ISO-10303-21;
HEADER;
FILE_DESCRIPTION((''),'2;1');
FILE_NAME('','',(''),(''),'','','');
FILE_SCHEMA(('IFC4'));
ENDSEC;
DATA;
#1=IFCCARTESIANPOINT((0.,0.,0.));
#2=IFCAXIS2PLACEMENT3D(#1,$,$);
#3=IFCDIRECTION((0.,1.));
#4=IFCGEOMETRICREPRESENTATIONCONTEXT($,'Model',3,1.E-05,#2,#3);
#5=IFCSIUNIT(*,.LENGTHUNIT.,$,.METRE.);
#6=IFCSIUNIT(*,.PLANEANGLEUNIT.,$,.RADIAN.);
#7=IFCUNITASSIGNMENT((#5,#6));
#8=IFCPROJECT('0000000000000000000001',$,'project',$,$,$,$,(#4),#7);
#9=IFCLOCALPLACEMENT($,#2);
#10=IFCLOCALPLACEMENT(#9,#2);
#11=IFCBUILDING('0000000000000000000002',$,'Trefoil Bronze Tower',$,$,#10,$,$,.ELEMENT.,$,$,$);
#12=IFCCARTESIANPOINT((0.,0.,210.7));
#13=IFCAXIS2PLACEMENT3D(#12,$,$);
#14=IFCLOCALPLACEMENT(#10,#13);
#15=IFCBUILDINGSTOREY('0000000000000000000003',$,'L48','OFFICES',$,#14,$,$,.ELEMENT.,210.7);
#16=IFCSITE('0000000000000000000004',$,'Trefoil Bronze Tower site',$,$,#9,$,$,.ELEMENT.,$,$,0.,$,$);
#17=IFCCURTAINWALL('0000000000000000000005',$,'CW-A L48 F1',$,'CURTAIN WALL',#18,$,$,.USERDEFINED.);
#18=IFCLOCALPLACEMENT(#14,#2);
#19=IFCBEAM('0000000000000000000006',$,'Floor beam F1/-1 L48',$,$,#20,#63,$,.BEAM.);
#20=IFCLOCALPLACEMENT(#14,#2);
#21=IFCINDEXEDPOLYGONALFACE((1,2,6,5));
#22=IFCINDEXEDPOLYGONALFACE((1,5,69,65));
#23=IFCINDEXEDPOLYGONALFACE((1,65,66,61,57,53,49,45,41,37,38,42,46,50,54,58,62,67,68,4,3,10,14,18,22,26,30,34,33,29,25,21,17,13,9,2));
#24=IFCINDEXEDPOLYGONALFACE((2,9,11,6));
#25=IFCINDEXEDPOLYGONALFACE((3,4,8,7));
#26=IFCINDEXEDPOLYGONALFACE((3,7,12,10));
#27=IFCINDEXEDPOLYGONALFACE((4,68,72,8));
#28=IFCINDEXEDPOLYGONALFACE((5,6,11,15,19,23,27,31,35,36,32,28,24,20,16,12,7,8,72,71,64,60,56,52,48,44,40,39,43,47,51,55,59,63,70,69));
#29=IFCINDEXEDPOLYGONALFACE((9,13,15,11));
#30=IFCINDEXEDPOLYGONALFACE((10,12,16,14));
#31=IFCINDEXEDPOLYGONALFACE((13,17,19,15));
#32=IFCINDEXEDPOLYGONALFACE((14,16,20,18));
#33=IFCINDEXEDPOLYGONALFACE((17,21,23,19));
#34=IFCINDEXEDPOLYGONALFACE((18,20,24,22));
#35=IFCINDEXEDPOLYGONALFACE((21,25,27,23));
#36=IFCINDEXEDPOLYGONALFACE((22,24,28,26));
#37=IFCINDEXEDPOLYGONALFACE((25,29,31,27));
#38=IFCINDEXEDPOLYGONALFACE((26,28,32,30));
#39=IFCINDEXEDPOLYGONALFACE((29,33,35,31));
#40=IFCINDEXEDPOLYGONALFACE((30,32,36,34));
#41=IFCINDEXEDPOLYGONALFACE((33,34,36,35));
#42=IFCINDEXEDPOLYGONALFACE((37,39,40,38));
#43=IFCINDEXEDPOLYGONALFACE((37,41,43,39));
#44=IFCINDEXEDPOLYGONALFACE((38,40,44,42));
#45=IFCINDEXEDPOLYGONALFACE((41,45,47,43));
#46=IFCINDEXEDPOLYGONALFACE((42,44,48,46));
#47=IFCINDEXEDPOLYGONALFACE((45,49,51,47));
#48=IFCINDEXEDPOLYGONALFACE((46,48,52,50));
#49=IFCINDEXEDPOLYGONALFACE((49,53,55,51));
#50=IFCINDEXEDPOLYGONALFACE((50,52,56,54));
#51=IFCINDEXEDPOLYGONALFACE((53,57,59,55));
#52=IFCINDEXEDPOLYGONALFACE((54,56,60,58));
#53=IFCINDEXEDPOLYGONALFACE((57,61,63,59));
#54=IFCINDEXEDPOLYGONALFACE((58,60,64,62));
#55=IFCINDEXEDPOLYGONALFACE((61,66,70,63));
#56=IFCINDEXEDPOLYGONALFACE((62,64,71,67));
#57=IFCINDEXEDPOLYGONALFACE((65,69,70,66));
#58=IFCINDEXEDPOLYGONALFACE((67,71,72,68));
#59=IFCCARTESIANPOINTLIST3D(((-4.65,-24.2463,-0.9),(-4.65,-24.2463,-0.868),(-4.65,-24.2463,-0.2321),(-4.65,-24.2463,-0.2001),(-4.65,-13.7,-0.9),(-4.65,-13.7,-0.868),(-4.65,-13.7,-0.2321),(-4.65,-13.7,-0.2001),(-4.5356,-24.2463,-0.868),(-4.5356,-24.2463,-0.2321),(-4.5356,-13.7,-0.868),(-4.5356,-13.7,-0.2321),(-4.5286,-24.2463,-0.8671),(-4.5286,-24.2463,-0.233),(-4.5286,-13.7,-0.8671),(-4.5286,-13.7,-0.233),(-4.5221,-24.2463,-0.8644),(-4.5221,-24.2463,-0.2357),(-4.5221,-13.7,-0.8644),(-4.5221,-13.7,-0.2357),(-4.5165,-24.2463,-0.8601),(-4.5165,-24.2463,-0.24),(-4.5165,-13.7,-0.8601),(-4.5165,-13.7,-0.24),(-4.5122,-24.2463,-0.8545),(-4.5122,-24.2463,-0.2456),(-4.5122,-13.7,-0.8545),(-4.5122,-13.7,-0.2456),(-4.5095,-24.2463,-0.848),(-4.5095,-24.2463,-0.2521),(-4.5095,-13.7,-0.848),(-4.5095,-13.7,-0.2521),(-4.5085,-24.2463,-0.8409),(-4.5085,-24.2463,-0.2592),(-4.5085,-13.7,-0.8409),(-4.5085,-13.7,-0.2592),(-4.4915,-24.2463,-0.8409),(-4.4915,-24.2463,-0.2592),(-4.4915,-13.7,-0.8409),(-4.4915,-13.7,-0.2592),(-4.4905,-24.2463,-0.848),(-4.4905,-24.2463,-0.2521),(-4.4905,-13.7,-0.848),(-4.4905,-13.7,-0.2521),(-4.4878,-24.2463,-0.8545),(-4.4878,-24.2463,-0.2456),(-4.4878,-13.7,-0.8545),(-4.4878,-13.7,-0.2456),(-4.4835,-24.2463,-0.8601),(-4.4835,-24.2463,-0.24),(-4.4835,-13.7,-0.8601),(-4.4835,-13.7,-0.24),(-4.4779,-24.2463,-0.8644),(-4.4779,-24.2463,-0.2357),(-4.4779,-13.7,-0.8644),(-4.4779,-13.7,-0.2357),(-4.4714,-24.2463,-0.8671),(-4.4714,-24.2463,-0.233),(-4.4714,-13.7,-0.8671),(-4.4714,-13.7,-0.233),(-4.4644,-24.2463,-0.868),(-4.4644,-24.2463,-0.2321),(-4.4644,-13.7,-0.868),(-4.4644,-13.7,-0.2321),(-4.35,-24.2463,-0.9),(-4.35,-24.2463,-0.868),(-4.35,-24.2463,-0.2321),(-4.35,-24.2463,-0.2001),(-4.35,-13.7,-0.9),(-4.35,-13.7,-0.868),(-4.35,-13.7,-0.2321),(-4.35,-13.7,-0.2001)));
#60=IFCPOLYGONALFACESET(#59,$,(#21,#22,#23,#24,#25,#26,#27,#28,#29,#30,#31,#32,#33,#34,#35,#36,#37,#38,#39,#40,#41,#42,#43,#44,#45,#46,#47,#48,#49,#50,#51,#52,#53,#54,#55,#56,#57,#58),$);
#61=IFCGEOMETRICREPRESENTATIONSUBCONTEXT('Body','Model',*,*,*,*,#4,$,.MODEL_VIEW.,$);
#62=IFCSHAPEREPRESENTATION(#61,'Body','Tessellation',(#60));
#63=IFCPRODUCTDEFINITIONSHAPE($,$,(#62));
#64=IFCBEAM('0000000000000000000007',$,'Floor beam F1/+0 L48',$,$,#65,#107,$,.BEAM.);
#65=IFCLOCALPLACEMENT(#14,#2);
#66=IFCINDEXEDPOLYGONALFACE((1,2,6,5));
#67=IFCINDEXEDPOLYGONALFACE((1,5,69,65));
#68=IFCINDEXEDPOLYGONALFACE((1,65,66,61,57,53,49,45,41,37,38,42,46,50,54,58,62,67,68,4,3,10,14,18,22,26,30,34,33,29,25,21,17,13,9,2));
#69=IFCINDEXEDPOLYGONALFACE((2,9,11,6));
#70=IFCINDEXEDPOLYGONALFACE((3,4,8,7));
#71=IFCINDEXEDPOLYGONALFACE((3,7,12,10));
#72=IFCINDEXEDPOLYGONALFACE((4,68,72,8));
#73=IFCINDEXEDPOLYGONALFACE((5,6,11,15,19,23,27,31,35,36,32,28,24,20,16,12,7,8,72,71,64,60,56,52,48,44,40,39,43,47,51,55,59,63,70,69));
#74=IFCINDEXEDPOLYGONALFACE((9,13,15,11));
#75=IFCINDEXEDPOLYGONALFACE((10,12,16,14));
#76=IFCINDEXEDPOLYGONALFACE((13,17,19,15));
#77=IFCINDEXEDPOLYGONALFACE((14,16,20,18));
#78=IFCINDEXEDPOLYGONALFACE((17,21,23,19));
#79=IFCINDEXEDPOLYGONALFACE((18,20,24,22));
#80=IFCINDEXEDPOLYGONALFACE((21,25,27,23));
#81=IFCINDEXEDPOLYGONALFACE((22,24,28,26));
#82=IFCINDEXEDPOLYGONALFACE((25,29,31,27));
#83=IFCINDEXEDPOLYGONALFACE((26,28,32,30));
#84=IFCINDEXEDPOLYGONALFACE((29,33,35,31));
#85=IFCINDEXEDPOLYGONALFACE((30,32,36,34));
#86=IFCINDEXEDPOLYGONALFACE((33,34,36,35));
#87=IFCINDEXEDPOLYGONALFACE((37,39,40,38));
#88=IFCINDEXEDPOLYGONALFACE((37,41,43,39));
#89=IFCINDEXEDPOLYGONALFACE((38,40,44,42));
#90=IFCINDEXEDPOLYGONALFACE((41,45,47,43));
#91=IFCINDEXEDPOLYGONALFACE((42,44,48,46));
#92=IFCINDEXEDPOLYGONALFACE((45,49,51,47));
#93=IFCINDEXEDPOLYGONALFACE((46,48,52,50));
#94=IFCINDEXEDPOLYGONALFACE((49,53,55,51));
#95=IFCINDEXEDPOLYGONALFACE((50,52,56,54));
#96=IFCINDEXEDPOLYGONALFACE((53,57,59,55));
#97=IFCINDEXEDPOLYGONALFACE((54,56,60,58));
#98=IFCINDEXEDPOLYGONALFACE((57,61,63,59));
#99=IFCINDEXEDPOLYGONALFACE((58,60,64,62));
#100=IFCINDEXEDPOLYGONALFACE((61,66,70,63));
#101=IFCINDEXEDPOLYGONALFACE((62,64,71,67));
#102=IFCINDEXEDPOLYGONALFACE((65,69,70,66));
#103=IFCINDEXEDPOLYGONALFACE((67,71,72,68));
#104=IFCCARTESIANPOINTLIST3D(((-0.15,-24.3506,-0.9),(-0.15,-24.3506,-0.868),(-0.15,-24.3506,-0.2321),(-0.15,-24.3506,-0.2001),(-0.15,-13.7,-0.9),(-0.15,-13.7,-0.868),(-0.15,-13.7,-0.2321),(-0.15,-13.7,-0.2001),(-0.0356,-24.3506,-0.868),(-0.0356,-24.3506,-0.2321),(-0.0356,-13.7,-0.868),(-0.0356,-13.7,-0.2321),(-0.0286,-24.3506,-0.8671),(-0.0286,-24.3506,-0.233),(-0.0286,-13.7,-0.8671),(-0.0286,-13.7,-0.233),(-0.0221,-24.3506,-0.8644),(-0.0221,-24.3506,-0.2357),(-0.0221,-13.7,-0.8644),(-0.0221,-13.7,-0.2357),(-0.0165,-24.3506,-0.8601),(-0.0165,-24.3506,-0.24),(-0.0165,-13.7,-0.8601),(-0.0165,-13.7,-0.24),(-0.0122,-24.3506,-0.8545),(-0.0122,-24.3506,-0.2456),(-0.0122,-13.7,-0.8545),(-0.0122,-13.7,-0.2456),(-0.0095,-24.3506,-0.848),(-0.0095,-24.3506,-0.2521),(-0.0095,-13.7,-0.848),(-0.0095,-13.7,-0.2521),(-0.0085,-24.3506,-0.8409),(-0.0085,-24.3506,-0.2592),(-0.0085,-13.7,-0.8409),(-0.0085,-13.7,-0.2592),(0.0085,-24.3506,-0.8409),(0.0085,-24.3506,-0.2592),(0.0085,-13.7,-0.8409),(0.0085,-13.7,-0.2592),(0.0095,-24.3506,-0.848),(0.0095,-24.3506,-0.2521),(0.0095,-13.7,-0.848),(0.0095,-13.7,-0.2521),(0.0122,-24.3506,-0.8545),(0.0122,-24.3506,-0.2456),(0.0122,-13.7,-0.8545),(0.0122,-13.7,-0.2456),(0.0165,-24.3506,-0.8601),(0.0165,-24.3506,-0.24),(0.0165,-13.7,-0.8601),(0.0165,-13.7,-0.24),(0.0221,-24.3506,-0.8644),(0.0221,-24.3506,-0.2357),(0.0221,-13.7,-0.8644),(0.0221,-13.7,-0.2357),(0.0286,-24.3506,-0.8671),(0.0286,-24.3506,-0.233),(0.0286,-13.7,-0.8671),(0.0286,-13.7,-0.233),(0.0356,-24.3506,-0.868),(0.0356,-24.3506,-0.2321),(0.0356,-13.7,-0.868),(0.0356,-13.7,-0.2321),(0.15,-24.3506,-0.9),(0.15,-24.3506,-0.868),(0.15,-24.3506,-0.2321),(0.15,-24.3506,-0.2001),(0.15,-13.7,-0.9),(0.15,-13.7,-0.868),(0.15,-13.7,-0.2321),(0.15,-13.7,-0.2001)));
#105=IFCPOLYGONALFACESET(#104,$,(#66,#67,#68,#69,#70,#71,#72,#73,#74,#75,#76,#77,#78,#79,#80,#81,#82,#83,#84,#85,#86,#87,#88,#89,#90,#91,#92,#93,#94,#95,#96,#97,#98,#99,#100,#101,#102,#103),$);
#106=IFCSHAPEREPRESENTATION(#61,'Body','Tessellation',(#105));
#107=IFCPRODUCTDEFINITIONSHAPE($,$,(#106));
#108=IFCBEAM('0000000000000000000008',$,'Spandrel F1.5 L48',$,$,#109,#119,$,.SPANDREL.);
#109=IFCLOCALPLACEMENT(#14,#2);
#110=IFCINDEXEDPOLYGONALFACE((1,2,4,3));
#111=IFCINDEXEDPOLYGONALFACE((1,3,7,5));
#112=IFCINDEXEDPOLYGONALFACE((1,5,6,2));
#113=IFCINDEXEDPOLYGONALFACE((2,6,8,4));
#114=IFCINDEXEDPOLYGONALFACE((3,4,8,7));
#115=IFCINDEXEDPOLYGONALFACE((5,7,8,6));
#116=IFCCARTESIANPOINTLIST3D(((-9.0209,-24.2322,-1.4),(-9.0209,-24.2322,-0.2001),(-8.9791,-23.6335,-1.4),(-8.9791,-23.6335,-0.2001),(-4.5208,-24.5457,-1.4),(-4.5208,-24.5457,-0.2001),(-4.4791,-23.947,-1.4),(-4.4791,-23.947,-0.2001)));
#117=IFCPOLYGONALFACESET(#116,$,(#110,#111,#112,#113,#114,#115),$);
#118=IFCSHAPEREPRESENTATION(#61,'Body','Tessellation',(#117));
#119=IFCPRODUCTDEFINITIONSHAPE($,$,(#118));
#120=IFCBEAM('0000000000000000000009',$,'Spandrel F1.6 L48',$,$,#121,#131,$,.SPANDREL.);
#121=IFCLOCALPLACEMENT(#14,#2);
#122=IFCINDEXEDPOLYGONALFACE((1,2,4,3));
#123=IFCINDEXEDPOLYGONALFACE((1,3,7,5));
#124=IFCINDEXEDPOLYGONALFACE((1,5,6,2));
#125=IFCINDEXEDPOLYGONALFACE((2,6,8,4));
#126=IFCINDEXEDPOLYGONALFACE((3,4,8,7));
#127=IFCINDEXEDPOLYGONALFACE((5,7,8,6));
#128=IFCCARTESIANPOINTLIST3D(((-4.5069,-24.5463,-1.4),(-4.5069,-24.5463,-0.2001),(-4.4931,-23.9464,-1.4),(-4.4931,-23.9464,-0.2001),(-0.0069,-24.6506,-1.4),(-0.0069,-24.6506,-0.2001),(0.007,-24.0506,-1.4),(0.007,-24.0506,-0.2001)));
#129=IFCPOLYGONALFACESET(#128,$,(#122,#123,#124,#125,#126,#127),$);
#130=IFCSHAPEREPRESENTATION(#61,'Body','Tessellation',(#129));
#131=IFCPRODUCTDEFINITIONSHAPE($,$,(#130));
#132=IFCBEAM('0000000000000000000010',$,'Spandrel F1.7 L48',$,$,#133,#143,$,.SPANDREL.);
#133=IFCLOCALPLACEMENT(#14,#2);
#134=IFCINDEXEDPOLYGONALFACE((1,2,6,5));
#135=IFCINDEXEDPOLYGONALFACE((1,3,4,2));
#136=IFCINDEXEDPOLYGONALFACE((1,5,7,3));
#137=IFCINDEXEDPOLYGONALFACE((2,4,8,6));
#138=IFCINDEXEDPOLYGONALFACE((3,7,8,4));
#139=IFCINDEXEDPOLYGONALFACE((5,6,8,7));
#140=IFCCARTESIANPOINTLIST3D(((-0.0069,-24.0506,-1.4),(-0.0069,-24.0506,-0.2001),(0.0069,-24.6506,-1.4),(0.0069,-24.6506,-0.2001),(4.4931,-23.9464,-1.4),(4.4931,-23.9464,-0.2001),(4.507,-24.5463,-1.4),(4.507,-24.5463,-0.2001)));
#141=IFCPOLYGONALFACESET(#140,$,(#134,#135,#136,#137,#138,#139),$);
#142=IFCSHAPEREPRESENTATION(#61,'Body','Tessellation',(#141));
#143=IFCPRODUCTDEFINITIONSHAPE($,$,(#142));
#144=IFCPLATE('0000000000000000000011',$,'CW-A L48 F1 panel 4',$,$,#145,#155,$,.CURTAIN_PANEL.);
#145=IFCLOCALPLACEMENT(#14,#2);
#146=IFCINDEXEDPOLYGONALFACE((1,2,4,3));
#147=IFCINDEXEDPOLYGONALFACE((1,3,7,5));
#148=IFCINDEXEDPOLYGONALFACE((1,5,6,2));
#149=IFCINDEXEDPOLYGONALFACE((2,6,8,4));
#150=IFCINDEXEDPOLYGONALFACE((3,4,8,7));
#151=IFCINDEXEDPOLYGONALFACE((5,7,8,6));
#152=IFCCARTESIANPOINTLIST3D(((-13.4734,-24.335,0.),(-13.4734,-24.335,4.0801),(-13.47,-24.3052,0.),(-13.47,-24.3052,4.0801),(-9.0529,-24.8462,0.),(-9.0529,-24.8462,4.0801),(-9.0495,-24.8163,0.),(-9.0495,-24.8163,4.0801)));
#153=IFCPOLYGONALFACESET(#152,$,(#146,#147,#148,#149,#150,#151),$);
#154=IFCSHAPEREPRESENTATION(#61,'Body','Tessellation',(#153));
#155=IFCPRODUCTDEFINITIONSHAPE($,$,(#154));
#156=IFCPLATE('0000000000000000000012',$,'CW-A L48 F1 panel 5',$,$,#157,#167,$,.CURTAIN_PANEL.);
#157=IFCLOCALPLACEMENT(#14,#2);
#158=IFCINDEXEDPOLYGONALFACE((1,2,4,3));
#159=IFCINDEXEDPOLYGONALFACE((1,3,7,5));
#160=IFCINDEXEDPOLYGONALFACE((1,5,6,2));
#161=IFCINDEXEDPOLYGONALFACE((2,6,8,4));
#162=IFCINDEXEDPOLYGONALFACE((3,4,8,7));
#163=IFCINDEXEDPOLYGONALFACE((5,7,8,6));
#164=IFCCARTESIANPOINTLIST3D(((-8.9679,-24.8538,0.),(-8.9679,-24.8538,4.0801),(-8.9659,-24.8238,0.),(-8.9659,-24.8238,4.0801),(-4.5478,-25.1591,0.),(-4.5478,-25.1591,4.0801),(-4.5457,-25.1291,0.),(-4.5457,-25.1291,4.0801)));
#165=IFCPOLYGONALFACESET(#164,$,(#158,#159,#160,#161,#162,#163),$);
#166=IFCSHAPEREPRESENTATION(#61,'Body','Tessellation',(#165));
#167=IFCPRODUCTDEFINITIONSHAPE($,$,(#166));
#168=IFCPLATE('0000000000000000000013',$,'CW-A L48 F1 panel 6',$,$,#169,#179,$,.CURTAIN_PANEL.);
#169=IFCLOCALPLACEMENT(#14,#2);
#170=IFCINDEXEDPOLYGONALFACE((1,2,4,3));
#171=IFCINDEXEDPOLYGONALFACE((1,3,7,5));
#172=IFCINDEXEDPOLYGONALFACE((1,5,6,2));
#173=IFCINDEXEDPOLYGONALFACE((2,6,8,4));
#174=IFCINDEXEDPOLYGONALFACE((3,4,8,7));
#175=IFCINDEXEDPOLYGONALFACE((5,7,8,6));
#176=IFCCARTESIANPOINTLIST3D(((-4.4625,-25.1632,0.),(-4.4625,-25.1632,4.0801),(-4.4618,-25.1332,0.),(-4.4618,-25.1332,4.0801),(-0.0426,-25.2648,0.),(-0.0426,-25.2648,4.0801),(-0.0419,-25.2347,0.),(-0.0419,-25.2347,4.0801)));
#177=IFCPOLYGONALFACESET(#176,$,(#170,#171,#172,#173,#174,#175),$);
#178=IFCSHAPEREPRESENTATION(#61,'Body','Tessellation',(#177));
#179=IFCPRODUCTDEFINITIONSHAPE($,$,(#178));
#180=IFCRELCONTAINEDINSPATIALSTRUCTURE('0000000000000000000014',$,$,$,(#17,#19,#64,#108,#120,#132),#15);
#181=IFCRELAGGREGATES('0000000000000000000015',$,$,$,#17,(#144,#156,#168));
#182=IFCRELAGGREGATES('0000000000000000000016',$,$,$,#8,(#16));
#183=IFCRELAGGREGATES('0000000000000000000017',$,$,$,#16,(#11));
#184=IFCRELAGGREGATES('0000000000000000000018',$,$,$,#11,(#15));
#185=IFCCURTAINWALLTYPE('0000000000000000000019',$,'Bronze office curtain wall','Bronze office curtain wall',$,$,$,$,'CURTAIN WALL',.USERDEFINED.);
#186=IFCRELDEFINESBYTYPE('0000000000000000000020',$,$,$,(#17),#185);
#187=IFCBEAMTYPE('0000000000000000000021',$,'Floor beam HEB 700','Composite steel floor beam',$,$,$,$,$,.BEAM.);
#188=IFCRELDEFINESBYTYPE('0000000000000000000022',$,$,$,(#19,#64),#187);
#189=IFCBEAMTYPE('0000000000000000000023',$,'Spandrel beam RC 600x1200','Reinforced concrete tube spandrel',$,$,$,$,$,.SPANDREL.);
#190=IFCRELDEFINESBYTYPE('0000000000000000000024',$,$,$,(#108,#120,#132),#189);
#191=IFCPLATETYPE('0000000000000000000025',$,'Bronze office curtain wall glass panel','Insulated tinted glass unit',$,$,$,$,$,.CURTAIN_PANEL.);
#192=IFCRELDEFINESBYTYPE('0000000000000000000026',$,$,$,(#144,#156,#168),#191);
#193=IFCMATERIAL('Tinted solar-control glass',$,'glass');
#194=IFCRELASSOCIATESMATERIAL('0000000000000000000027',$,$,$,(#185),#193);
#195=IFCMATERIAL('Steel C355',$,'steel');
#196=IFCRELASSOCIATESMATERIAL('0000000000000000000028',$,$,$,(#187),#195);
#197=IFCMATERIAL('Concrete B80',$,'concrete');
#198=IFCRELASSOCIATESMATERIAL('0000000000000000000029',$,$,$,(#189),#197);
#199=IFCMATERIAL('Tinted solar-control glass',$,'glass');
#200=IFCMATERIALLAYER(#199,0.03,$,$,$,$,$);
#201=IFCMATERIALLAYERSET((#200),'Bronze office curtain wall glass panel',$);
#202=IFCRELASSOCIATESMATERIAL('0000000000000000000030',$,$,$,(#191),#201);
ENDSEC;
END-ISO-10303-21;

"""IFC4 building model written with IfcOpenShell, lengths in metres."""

from ifc_helpers import new_model, si_unit, direction, frame, origin, origin_2d, place, context, subcontext, project, spatial, rectangle, i_section, extrude, material, layer, layer_set, material_profile, profile_set, type_object, element, aggregate, save


model = new_model("IFC4")

# Units and contexts
model_context = context("Model", 3, precision=1e-05, world=origin(), true_north=direction((0.0, 1.0)))
body_context = subcontext(model_context, "Body", "Model", "MODEL_VIEW")
ifc_project = project(units=[si_unit("LENGTHUNIT", "METRE"), si_unit("PLANEANGLEUNIT", "RADIAN")], contexts=[model_context])

# Site, building, storey
site_placement = place(None, origin())
site = spatial("IfcSite", under=ifc_project, at=site_placement, Name="Trefoil Bronze Tower site", CompositionType="ELEMENT", RefElevation=0.0)
building_placement = place(site_placement, origin())
building = spatial("IfcBuilding", under=site, at=building_placement, Name="Trefoil Bronze Tower", CompositionType="ELEMENT")
storey_placement = place(building_placement, frame((0.0, 0.0, 210.7)))
storey = spatial("IfcBuildingStorey", under=building, at=storey_placement, Name="L48", Description="OFFICES", CompositionType="ELEMENT", Elevation=210.7)

# Curtain wall
ifc_material_1 = material(Name="Tinted solar-control glass", Category="glass")
curtain_wall_type = type_object("IfcCurtainWallType", Name="Bronze office curtain wall", Description="Bronze office curtain wall", ElementType="CURTAIN WALL", PredefinedType="USERDEFINED", material=ifc_material_1)
curtain_wall_placement = place(storey_placement, origin())
curtain_wall = element("IfcCurtainWall", 1, at=curtain_wall_placement, inside=storey, type_object=curtain_wall_type, Name="CW-A L48 F1", ObjectType="CURTAIN WALL", PredefinedType="USERDEFINED")

# Beams
ifc_material_2 = material(Name="Steel C355", Category="steel")
ifc_material_profile_1 = material_profile(ifc_material_2, i_section(OverallWidth=0.3, OverallDepth=0.7, WebThickness=0.0171, FlangeThickness=0.032, FilletRadius=0.0271, at=origin_2d()), Name="HEB 700")
ifc_profile_set_1 = profile_set([ifc_material_profile_1], Name="Steel C355")
beam_type_1 = type_object("IfcBeamType", Name="Floor beam HEB 700", Description="Composite steel floor beam", PredefinedType="BEAM", material=ifc_profile_set_1)
beam_1_placement = place(storey_placement, frame((-4.5, -24.2463, -0.55), z_axis=(0.0, 1.0, 0.0), x_axis=(-1.0, 0.0, 0.0)))
element("IfcBeam", 2, at=beam_1_placement, inside=storey, type_object=beam_type_1, Name="Floor beam F1/-1 L48", PredefinedType="BEAM", context=body_context, shape_type="SweptSolid", body=[
    extrude(i_section(OverallWidth=0.3, OverallDepth=0.7, WebThickness=0.0171, FlangeThickness=0.032, FilletRadius=0.0271, at=origin_2d()), origin(), (0.0, 0.0, 1.0), 10.5464),
])
beam_2_placement = place(storey_placement, frame((0.0, -24.3506, -0.55), z_axis=(0.0, 1.0, 0.0), x_axis=(-1.0, 0.0, 0.0)))
element("IfcBeam", 3, at=beam_2_placement, inside=storey, type_object=beam_type_1, Name="Floor beam F1/+0 L48", PredefinedType="BEAM", context=body_context, shape_type="SweptSolid", body=[
    extrude(i_section(OverallWidth=0.3, OverallDepth=0.7, WebThickness=0.0171, FlangeThickness=0.032, FilletRadius=0.0271, at=origin_2d()), origin(), (0.0, 0.0, 1.0), 10.6506),
])
ifc_material_3 = material(Name="Concrete B80", Category="concrete")
ifc_material_profile_2 = material_profile(ifc_material_3, rectangle(XDim=0.6001, YDim=1.2, at=origin_2d()), Name="RC 600x1200")
ifc_profile_set_2 = profile_set([ifc_material_profile_2], Name="Concrete B80")
beam_type_2 = type_object("IfcBeamType", Name="Spandrel beam RC 600x1200", Description="Reinforced concrete tube spandrel", PredefinedType="SPANDREL", material=ifc_profile_set_2)
beam_3_placement = place(storey_placement, frame((-9.0, -23.9329, -0.8), z_axis=(0.997582, -0.069493, 0.0), x_axis=(0.069493, 0.997582, 0.0)))
element("IfcBeam", 4, at=beam_3_placement, inside=storey, type_object=beam_type_2, Name="Spandrel F1.5 L48", PredefinedType="SPANDREL", context=body_context, shape_type="SweptSolid", body=[
    extrude(rectangle(XDim=0.6001, YDim=1.2, at=origin_2d()), origin(), (0.0, 0.0, 1.0), 4.511),
])
for number, where, z_axis, x_axis, name in (
    (5, (-4.5, -24.2463, -0.8), (0.999732, -0.02316, 0.0), (0.02316, 0.999732, 0.0), "Spandrel F1.6 L48"),
    (6, (0.0, -24.3506, -0.8), (0.999732, 0.02316, 0.0), (-0.02316, 0.999732, 0.0), "Spandrel F1.7 L48"),
):
    element("IfcBeam", number, at=place(storey_placement, frame(where, z_axis=z_axis, x_axis=x_axis)), inside=storey, type_object=beam_type_2, Name=name, PredefinedType="SPANDREL", context=body_context, shape_type="SweptSolid", body=[
        extrude(rectangle(XDim=0.6001, YDim=1.2, at=origin_2d()), origin(), (0.0, 0.0, 1.0), 4.5012),
    ])

# Plates
ifc_material_4 = material(Name="Tinted solar-control glass", Category="glass")
ifc_layer_1 = layer(ifc_material_4, 0.03)
ifc_layer_set_1 = layer_set([ifc_layer_1], Name="Bronze office curtain wall glass panel")
plate_type = type_object("IfcPlateType", Name="Bronze office curtain wall glass panel", Description="Insulated tinted glass unit", PredefinedType="CURTAIN_PANEL", material=ifc_layer_set_1)
plate_1_placement = place(storey_placement, frame((-11.2615, -24.5757, 0.0), z_axis=(0.0, 0.0, 1.0), x_axis=(0.993382, -0.114859, 0.0)))
plate_1 = element("IfcPlate", 7, at=plate_1_placement, type_object=plate_type, Name="CW-A L48 F1 panel 4", PredefinedType="CURTAIN_PANEL", context=body_context, shape_type="SweptSolid", body=[
    extrude(rectangle(XDim=4.45, YDim=0.03, at=origin_2d()), origin(), (0.0, 0.0, 1.0), 4.0801),
])
plate_2_placement = place(storey_placement, frame((-6.7568, -24.9915, 0.0), z_axis=(0.0, 0.0, 1.0), x_axis=(0.997623, -0.068915, 0.0)))
plate_2 = element("IfcPlate", 8, at=plate_2_placement, type_object=plate_type, Name="CW-A L48 F1 panel 5", PredefinedType="CURTAIN_PANEL", context=body_context, shape_type="SweptSolid", body=[
    extrude(rectangle(XDim=4.4307, YDim=0.03, at=origin_2d()), origin(), (0.0, 0.0, 1.0), 4.0801),
])
plate_3_placement = place(storey_placement, frame((-2.2522, -25.199, 0.0), z_axis=(0.0, 0.0, 1.0), x_axis=(0.999736, -0.022972, 0.0)))
plate_3 = element("IfcPlate", 9, at=plate_3_placement, type_object=plate_type, Name="CW-A L48 F1 panel 6", PredefinedType="CURTAIN_PANEL", context=body_context, shape_type="SweptSolid", body=[
    extrude(rectangle(XDim=4.4211, YDim=0.03, at=origin_2d()), origin(), (0.0, 0.0, 1.0), 4.0801),
])
aggregate(curtain_wall, [plate_1, plate_2, plate_3])

save(model, "model.ifc")
